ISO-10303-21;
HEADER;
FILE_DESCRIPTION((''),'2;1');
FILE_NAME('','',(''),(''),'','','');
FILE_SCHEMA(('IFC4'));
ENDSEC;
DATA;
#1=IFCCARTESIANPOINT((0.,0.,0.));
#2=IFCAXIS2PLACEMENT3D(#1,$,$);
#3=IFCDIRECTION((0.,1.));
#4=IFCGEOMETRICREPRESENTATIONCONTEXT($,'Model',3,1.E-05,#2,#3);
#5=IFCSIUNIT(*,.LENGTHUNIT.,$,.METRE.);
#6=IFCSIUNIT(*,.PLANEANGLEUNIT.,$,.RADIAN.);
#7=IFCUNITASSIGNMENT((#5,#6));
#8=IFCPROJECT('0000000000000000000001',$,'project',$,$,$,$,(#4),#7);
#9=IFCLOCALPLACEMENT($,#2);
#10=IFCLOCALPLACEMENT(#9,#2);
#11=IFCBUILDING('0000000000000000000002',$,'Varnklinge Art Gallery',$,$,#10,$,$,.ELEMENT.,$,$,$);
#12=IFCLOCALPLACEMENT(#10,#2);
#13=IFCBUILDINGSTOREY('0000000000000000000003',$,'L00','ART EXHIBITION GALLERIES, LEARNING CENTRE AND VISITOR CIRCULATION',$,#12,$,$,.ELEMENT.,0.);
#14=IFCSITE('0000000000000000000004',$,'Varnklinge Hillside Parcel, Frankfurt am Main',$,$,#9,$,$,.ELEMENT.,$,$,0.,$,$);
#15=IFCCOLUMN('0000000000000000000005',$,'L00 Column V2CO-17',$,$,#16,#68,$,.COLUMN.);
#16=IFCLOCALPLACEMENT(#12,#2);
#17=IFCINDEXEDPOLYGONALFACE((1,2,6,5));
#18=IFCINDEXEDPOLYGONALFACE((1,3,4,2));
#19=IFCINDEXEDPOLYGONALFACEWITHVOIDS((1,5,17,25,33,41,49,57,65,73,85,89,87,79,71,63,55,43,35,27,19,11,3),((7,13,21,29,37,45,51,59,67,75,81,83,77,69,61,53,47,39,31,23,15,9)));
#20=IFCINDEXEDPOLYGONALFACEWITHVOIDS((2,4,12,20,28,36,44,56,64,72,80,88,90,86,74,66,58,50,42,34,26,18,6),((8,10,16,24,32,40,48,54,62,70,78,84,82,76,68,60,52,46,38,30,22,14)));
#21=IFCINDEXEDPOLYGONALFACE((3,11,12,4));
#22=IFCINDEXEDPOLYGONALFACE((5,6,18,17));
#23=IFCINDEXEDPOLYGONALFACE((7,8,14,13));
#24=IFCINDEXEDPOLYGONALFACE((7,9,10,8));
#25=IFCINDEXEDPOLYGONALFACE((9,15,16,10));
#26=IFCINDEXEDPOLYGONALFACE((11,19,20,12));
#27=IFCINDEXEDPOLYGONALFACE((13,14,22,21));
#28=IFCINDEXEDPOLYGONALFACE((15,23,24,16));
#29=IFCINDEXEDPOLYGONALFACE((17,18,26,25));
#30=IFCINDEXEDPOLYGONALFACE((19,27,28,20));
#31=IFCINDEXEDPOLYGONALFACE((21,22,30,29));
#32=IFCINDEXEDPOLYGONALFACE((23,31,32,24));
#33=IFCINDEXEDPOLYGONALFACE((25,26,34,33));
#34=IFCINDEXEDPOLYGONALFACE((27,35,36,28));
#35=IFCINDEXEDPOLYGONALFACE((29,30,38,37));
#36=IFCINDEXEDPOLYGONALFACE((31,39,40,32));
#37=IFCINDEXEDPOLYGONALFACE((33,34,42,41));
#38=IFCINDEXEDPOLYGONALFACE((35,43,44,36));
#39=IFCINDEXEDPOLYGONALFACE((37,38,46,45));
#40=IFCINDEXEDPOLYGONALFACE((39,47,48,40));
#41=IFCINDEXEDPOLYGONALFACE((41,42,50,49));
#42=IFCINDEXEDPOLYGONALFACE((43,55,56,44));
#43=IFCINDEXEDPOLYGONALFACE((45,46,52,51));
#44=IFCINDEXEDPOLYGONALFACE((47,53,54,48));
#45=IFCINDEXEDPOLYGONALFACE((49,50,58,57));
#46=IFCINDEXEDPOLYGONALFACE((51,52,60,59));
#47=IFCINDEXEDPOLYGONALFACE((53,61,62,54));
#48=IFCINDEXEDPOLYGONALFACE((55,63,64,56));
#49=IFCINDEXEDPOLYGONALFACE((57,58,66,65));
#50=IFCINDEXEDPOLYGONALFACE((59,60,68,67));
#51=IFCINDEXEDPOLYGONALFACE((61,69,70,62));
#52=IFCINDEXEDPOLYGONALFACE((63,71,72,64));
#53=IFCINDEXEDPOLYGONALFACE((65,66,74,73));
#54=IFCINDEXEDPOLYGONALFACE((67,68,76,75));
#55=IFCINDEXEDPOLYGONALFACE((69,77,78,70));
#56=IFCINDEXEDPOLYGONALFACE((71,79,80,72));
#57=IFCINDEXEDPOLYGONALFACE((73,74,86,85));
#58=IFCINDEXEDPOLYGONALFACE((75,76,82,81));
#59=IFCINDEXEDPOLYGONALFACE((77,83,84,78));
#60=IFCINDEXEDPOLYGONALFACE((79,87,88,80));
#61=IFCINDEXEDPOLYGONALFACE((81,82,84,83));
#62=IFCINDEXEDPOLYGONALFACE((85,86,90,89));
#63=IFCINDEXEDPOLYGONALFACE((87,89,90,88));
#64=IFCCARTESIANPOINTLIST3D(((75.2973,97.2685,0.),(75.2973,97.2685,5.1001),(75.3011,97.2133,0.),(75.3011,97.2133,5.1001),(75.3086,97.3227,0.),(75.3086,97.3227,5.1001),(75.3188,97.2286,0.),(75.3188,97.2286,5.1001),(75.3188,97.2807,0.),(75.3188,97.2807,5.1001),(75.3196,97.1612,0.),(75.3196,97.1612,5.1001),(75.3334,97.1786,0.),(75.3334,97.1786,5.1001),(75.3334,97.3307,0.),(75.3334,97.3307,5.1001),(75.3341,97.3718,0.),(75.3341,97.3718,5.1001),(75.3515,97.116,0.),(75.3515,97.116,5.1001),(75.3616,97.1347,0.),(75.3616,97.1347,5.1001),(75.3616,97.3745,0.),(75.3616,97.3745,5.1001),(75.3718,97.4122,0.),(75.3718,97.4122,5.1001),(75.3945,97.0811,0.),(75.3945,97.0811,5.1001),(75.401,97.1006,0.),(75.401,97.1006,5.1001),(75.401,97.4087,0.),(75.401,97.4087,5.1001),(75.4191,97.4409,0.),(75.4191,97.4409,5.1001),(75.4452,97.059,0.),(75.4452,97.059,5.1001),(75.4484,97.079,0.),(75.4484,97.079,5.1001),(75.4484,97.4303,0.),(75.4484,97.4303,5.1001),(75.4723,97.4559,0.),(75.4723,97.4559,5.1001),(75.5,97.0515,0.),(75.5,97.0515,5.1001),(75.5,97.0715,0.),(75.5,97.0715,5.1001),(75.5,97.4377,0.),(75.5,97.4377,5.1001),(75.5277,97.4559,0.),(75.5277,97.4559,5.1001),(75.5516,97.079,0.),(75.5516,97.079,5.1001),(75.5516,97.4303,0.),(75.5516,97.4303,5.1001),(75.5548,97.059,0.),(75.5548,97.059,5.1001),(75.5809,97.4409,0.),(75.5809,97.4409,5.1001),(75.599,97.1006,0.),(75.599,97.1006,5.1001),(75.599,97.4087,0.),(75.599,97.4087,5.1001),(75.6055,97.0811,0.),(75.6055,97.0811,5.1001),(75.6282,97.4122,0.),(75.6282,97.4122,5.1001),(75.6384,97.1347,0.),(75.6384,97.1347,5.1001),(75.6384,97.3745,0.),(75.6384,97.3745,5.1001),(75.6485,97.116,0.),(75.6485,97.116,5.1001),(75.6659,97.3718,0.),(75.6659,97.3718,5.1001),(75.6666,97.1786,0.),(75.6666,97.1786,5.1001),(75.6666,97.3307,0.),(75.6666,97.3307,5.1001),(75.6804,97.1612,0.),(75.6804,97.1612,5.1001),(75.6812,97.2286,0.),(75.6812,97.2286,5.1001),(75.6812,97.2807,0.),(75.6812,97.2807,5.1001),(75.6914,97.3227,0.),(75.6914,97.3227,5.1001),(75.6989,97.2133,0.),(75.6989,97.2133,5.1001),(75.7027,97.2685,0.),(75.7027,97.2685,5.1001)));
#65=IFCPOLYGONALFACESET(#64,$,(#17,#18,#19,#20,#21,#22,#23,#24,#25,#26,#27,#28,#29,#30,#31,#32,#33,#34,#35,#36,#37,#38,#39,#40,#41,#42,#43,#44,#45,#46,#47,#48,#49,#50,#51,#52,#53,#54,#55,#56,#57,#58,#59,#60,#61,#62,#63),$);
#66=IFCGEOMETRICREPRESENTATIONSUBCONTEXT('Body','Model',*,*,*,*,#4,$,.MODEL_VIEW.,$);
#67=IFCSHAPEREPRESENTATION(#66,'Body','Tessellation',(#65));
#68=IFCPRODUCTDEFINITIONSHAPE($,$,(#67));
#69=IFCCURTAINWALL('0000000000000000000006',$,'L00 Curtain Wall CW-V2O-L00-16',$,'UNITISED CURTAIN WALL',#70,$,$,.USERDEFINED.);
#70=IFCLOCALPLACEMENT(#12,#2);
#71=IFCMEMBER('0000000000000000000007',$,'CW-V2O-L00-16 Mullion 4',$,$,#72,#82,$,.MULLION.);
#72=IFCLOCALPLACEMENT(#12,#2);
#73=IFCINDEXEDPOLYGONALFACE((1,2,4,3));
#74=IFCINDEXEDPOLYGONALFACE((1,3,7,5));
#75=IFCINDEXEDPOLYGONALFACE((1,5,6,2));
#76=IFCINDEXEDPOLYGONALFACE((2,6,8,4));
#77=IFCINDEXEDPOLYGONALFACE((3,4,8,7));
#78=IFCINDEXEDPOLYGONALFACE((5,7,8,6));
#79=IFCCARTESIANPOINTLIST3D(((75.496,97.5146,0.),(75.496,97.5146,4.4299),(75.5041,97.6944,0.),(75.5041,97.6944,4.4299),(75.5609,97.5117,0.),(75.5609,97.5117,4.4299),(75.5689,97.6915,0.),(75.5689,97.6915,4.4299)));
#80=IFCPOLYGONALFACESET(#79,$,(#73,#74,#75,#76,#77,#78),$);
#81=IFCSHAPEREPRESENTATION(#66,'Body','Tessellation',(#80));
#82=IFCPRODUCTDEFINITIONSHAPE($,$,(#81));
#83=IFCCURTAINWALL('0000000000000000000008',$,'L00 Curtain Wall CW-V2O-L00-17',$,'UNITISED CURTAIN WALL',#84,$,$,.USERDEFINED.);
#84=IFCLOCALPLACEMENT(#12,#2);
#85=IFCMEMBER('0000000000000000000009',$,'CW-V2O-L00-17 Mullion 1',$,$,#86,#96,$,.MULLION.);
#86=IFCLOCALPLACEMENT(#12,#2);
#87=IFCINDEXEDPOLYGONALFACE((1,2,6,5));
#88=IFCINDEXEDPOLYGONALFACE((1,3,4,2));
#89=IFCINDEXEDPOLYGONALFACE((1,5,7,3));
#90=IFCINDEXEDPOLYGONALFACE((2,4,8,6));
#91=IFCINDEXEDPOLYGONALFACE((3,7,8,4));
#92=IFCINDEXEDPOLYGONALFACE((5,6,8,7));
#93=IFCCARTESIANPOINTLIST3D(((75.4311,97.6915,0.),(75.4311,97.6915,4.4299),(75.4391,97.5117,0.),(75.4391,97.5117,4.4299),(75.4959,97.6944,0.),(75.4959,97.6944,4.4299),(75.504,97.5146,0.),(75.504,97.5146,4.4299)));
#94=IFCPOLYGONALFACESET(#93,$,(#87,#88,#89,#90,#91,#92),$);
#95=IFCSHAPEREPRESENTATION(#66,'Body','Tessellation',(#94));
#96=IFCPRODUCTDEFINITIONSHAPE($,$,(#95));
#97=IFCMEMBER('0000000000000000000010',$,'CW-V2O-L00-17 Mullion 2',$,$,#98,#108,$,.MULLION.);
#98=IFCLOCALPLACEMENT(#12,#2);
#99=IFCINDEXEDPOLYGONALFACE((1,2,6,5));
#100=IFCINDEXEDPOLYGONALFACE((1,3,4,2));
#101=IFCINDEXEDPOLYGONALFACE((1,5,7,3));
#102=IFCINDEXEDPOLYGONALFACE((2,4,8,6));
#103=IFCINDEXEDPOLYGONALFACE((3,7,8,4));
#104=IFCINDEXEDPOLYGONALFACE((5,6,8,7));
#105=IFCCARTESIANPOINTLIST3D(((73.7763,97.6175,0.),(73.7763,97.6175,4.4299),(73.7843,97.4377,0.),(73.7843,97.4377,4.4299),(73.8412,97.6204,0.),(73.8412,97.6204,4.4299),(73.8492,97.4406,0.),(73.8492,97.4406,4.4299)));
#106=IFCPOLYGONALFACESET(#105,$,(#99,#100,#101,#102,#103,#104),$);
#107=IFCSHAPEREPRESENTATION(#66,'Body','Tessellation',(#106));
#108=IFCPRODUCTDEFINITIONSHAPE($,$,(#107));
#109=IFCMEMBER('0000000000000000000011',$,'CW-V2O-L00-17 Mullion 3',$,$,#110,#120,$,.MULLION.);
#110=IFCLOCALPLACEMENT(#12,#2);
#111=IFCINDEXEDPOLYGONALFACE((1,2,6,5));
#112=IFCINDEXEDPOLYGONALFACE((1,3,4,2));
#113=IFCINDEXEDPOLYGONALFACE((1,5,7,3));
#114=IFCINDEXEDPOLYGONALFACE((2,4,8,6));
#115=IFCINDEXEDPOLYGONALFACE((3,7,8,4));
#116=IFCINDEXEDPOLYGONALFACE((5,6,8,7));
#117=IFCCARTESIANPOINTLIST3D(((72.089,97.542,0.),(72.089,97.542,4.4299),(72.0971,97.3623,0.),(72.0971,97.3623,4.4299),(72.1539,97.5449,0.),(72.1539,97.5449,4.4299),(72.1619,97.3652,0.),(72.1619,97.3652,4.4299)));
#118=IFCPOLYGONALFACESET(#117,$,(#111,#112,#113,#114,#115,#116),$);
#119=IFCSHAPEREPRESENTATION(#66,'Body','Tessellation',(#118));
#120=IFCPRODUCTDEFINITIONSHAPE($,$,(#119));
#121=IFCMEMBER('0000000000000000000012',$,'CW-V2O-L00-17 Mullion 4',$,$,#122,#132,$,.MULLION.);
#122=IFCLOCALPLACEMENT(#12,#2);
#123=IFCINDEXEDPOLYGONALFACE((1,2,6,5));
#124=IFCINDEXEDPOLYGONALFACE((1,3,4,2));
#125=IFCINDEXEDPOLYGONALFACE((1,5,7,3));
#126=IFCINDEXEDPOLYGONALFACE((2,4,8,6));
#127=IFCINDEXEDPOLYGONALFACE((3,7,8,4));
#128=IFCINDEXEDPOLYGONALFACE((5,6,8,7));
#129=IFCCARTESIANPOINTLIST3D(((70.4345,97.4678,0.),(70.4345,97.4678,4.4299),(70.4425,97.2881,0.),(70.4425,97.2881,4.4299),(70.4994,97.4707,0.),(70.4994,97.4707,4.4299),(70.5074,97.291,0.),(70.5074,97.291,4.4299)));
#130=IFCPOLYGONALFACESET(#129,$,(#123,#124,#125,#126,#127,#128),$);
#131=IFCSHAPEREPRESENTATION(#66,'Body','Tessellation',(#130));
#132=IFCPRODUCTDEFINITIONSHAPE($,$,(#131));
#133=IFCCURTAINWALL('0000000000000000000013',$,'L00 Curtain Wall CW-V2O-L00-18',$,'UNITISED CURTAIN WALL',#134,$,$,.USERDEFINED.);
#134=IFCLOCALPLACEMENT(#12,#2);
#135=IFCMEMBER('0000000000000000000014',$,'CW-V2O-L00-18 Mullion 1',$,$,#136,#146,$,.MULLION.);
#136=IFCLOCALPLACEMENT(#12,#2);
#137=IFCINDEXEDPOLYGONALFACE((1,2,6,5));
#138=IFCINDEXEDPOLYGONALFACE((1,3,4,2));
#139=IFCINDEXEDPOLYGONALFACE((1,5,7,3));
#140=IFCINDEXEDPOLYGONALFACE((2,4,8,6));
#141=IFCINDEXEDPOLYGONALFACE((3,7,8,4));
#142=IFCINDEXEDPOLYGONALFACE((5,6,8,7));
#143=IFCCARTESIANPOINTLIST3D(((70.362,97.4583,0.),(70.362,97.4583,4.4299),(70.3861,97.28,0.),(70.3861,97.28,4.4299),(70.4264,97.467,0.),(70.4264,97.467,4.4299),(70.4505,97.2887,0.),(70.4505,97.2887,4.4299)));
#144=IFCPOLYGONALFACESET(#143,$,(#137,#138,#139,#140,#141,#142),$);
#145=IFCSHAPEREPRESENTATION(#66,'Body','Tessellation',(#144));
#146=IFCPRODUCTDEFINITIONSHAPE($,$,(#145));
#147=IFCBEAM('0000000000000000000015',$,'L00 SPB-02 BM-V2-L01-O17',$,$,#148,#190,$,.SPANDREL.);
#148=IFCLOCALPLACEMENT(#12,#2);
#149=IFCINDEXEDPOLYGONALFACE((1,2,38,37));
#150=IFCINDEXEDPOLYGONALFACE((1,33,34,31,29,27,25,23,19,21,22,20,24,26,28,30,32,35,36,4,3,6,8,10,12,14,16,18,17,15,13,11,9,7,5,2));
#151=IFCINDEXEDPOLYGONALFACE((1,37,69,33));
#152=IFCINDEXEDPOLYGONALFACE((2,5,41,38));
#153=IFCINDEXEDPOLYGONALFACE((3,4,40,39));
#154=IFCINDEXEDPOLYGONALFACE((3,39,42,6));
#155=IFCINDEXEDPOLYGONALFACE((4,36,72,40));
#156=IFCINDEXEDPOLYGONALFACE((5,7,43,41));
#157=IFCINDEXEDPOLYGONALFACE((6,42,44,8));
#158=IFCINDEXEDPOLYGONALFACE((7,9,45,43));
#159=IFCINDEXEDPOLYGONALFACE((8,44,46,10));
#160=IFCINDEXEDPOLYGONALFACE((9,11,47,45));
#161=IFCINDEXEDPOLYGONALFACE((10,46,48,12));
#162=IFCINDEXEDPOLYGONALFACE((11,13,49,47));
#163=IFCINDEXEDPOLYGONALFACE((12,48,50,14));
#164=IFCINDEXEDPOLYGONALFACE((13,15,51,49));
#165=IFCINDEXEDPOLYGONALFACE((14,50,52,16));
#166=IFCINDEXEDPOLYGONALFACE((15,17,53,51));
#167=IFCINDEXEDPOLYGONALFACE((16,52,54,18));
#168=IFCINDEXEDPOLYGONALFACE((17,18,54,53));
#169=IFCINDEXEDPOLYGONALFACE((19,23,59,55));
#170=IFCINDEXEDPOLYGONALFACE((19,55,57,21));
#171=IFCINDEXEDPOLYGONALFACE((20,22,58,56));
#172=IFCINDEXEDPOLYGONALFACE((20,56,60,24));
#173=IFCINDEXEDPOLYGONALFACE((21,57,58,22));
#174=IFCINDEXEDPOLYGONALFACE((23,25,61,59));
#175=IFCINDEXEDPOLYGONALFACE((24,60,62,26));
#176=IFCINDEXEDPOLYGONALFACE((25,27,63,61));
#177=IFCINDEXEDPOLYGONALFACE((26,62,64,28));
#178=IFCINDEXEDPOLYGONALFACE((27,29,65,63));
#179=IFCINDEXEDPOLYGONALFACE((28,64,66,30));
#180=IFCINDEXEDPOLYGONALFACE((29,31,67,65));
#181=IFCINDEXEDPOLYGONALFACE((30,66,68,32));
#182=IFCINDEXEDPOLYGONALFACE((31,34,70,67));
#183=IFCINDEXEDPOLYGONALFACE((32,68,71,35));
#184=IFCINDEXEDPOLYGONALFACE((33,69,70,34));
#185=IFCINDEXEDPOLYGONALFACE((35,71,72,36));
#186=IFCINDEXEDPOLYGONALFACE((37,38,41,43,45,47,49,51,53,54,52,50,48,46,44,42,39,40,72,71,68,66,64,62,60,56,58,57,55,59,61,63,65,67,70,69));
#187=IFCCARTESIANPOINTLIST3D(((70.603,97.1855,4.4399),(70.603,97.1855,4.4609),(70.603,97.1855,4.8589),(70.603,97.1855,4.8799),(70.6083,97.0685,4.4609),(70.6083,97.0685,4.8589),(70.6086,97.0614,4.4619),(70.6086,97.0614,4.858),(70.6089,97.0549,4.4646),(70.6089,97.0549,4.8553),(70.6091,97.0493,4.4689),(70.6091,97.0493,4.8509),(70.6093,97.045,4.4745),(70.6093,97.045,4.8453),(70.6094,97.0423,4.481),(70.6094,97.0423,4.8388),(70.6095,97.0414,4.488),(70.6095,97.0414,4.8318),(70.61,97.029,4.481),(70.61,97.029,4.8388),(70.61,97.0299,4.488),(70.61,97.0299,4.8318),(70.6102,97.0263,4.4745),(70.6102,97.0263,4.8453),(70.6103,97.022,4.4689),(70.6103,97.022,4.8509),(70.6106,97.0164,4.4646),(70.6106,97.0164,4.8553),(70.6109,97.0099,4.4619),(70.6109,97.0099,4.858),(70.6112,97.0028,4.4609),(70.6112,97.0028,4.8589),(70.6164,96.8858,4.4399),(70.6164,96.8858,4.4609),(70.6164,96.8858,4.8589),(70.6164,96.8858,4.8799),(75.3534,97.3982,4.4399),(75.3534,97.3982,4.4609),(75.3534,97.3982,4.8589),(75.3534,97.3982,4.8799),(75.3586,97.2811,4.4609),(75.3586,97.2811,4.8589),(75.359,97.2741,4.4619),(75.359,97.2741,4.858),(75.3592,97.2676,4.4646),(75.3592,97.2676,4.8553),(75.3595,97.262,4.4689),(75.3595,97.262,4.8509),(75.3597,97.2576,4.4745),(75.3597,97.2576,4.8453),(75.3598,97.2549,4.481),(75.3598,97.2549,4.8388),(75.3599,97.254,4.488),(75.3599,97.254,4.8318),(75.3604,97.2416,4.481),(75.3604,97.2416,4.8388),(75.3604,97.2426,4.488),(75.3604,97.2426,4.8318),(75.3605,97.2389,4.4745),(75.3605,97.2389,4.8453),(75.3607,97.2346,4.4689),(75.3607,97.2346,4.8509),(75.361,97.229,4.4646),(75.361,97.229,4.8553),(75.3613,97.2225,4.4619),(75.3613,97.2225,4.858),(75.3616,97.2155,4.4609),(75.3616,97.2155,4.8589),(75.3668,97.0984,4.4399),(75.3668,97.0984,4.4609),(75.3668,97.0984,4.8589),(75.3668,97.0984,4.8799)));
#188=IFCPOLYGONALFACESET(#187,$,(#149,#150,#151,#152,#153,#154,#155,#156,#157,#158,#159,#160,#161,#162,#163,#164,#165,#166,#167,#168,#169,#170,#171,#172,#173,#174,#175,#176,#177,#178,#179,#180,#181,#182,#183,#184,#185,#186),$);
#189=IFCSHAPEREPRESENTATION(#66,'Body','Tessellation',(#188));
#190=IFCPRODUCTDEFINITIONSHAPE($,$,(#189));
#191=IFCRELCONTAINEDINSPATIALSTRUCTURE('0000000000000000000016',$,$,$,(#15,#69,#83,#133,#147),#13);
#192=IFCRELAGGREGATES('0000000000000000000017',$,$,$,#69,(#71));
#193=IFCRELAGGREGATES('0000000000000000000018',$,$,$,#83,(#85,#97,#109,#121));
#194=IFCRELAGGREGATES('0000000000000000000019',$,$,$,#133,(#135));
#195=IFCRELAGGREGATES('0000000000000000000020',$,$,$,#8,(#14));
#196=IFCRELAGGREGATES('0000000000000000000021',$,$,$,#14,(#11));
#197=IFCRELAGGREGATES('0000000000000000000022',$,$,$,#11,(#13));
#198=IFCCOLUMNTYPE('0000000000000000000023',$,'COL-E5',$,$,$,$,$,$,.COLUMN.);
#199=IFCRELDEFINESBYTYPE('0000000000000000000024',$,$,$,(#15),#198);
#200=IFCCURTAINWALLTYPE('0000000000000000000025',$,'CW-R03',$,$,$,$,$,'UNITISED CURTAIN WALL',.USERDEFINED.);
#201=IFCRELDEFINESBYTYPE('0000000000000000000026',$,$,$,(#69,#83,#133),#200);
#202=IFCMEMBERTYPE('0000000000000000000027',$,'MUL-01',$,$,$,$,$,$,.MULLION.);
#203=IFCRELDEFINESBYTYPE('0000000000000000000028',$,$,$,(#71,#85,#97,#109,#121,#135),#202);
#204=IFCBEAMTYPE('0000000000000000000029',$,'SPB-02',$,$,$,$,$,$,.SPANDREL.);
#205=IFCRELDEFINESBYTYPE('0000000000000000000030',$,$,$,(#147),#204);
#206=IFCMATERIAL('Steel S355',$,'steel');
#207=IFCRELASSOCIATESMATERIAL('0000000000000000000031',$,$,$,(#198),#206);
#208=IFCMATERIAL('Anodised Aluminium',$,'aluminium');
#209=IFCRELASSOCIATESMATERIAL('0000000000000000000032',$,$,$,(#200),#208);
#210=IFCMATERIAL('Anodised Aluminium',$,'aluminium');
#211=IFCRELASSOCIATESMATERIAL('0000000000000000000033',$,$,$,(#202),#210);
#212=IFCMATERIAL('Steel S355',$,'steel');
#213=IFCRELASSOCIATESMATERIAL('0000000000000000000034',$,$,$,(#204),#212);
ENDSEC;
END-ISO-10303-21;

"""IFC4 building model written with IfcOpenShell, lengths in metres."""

from ifc_helpers import new_model, si_unit, direction, frame, origin, origin_2d, place, context, subcontext, project, spatial, rectangle, hollow_circle, i_section, extrude, material, material_profile, profile_set, type_object, element, aggregate, save


model = new_model("IFC4")

# Units and contexts
model_context = context("Model", 3, precision=1e-05, world=origin(), true_north=direction((0.0, 1.0)))
body_context = subcontext(model_context, "Body", "Model", "MODEL_VIEW")
ifc_project = project(units=[si_unit("LENGTHUNIT", "METRE"), si_unit("PLANEANGLEUNIT", "RADIAN")], contexts=[model_context])

# Site, building, storey
site_placement = place(None, origin())
site = spatial("IfcSite", under=ifc_project, at=site_placement, Name="Varnklinge Hillside Parcel, Frankfurt am Main", CompositionType="ELEMENT", RefElevation=0.0)
building_placement = place(site_placement, origin())
building = spatial("IfcBuilding", under=site, at=building_placement, Name="Varnklinge Art Gallery", CompositionType="ELEMENT")
storey_placement = place(building_placement, origin())
storey = spatial("IfcBuildingStorey", under=building, at=storey_placement, Name="L00", Description="ART EXHIBITION GALLERIES, LEARNING CENTRE AND VISITOR CIRCULATION", CompositionType="ELEMENT", Elevation=0.0)

# Column
ifc_material_1 = material(Name="Steel S355", Category="steel")
ifc_material_profile_1 = material_profile(ifc_material_1, hollow_circle(Radius=0.2031, WallThickness=0.02, at=origin_2d()), Name="CHS 406.4x20")
ifc_profile_set_1 = profile_set([ifc_material_profile_1], Name="Steel S355")
column_type = type_object("IfcColumnType", Name="COL-E5", PredefinedType="COLUMN", material=ifc_profile_set_1)
column_placement = place(storey_placement, frame((75.5, 97.2546, 0.0), z_axis=(0.0, 0.0, 1.0), x_axis=(0.0, -1.0, 0.0)))
element("IfcColumn", 1, at=column_placement, inside=storey, type_object=column_type, Name="L00 Column V2CO-17", PredefinedType="COLUMN", context=body_context, shape_type="SweptSolid", body=[
    extrude(hollow_circle(Radius=0.2031, WallThickness=0.02, at=origin_2d()), origin(), (0.0, 0.0, 1.0), 5.1001),
])

# Curtain wall, member
ifc_material_2 = material(Name="Anodised Aluminium", Category="aluminium")
curtain_wall_type = type_object("IfcCurtainWallType", Name="CW-R03", ElementType="UNITISED CURTAIN WALL", PredefinedType="USERDEFINED", material=ifc_material_2)
curtain_wall_1_placement = place(storey_placement, origin())
curtain_wall_1 = element("IfcCurtainWall", 2, at=curtain_wall_1_placement, inside=storey, type_object=curtain_wall_type, Name="L00 Curtain Wall CW-V2O-L00-16", ObjectType="UNITISED CURTAIN WALL", PredefinedType="USERDEFINED")
ifc_material_3 = material(Name="Anodised Aluminium", Category="aluminium")
ifc_material_profile_2 = material_profile(ifc_material_3, rectangle(XDim=0.0649, YDim=0.1799, at=origin_2d()), Name="ALU 65x180")
ifc_profile_set_2 = profile_set([ifc_material_profile_2], Name="Anodised Aluminium")
member_type_1 = type_object("IfcMemberType", Name="MUL-01", PredefinedType="MULLION", material=ifc_profile_set_2)
member_1_placement = place(storey_placement, frame((75.5325, 97.603, 0.0), z_axis=(0.0, 0.0, 1.0), x_axis=(-0.999002, 0.044666, 0.0)))
member_1 = element("IfcMember", 3, at=member_1_placement, type_object=member_type_1, Name="CW-V2O-L00-16 Mullion 4", PredefinedType="MULLION", context=body_context, shape_type="SweptSolid", body=[
    extrude(rectangle(XDim=0.0649, YDim=0.1799, at=origin_2d()), origin(), (0.0, 0.0, 1.0), 4.4299),
])
aggregate(curtain_wall_1, [member_1])

# Curtain wall, members
curtain_wall_2_placement = place(storey_placement, origin())
curtain_wall_2 = element("IfcCurtainWall", 4, at=curtain_wall_2_placement, inside=storey, type_object=curtain_wall_type, Name="L00 Curtain Wall CW-V2O-L00-17", ObjectType="UNITISED CURTAIN WALL", PredefinedType="USERDEFINED")
member_2_placement = place(storey_placement, frame((75.4675, 97.603, 0.0), z_axis=(0.0, 0.0, 1.0), x_axis=(-0.999002, -0.044666, 0.0)))
member_2 = element("IfcMember", 5, at=member_2_placement, type_object=member_type_1, Name="CW-V2O-L00-17 Mullion 1", PredefinedType="MULLION", context=body_context, shape_type="SweptSolid", body=[
    extrude(rectangle(XDim=0.0649, YDim=0.1799, at=origin_2d()), origin(), (0.0, 0.0, 1.0), 4.4299),
])
member_3_placement = place(storey_placement, frame((73.8127, 97.5291, 0.0), z_axis=(0.0, 0.0, 1.0), x_axis=(-0.999002, -0.044666, 0.0)))
member_3 = element("IfcMember", 6, at=member_3_placement, type_object=member_type_1, Name="CW-V2O-L00-17 Mullion 2", PredefinedType="MULLION", context=body_context, shape_type="SweptSolid", body=[
    extrude(rectangle(XDim=0.0649, YDim=0.1799, at=origin_2d()), origin(), (0.0, 0.0, 1.0), 4.4299),
])
member_4_placement = place(storey_placement, frame((72.1255, 97.4536, 0.0), z_axis=(0.0, 0.0, 1.0), x_axis=(-0.999002, -0.044666, 0.0)))
member_4 = element("IfcMember", 7, at=member_4_placement, type_object=member_type_1, Name="CW-V2O-L00-17 Mullion 3", PredefinedType="MULLION", context=body_context, shape_type="SweptSolid", body=[
    extrude(rectangle(XDim=0.0649, YDim=0.1799, at=origin_2d()), origin(), (0.0, 0.0, 1.0), 4.4299),
])
member_5_placement = place(storey_placement, frame((70.4709, 97.3794, 0.0), z_axis=(0.0, 0.0, 1.0), x_axis=(-0.999002, -0.044666, 0.0)))
member_5 = element("IfcMember", 8, at=member_5_placement, type_object=member_type_1, Name="CW-V2O-L00-17 Mullion 4", PredefinedType="MULLION", context=body_context, shape_type="SweptSolid", body=[
    extrude(rectangle(XDim=0.0649, YDim=0.1799, at=origin_2d()), origin(), (0.0, 0.0, 1.0), 4.4299),
])

# Curtain wall, member
curtain_wall_3_placement = place(storey_placement, origin())
curtain_wall_3 = element("IfcCurtainWall", 9, at=curtain_wall_3_placement, inside=storey, type_object=curtain_wall_type, Name="L00 Curtain Wall CW-V2O-L00-18", ObjectType="UNITISED CURTAIN WALL", PredefinedType="USERDEFINED")
member_6_placement = place(storey_placement, frame((70.4062, 97.3735, 0.0), z_axis=(0.0, 0.0, 1.0), x_axis=(-0.990983, -0.133986, 0.0)))
member_6 = element("IfcMember", 10, at=member_6_placement, type_object=member_type_1, Name="CW-V2O-L00-18 Mullion 1", PredefinedType="MULLION", context=body_context, shape_type="SweptSolid", body=[
    extrude(rectangle(XDim=0.0649, YDim=0.1799, at=origin_2d()), origin(), (0.0, 0.0, 1.0), 4.4299),
])

# Beam
ifc_material_4 = material(Name="Steel S355", Category="steel")
ifc_material_profile_3 = material_profile(ifc_material_4, i_section(OverallWidth=0.3, OverallDepth=0.4399, WebThickness=0.0115, FlangeThickness=0.021, FilletRadius=0.0271, at=origin_2d()), Name="HEA 450")
ifc_profile_set_3 = profile_set([ifc_material_profile_3], Name="Steel S355")
beam_type = type_object("IfcBeamType", Name="SPB-02", PredefinedType="SPANDREL", material=ifc_profile_set_3)
beam_placement = place(storey_placement, frame((75.3601, 97.2483, 4.6599), z_axis=(-0.999, -0.044718, 0.0), x_axis=(0.044718, -0.999, 0.0)))
element("IfcBeam", 11, at=beam_placement, inside=storey, type_object=beam_type, Name="L00 SPB-02 BM-V2-L01-O17", PredefinedType="SPANDREL", context=body_context, shape_type="SweptSolid", body=[
    extrude(i_section(OverallWidth=0.3, OverallDepth=0.4399, WebThickness=0.0115, FlangeThickness=0.021, FilletRadius=0.0271, at=origin_2d()), origin(), (0.0, 0.0, 1.0), 4.7551),
])

aggregate(curtain_wall_2, [member_2, member_3, member_4, member_5])
aggregate(curtain_wall_3, [member_6])

save(model, "model.ifc")
